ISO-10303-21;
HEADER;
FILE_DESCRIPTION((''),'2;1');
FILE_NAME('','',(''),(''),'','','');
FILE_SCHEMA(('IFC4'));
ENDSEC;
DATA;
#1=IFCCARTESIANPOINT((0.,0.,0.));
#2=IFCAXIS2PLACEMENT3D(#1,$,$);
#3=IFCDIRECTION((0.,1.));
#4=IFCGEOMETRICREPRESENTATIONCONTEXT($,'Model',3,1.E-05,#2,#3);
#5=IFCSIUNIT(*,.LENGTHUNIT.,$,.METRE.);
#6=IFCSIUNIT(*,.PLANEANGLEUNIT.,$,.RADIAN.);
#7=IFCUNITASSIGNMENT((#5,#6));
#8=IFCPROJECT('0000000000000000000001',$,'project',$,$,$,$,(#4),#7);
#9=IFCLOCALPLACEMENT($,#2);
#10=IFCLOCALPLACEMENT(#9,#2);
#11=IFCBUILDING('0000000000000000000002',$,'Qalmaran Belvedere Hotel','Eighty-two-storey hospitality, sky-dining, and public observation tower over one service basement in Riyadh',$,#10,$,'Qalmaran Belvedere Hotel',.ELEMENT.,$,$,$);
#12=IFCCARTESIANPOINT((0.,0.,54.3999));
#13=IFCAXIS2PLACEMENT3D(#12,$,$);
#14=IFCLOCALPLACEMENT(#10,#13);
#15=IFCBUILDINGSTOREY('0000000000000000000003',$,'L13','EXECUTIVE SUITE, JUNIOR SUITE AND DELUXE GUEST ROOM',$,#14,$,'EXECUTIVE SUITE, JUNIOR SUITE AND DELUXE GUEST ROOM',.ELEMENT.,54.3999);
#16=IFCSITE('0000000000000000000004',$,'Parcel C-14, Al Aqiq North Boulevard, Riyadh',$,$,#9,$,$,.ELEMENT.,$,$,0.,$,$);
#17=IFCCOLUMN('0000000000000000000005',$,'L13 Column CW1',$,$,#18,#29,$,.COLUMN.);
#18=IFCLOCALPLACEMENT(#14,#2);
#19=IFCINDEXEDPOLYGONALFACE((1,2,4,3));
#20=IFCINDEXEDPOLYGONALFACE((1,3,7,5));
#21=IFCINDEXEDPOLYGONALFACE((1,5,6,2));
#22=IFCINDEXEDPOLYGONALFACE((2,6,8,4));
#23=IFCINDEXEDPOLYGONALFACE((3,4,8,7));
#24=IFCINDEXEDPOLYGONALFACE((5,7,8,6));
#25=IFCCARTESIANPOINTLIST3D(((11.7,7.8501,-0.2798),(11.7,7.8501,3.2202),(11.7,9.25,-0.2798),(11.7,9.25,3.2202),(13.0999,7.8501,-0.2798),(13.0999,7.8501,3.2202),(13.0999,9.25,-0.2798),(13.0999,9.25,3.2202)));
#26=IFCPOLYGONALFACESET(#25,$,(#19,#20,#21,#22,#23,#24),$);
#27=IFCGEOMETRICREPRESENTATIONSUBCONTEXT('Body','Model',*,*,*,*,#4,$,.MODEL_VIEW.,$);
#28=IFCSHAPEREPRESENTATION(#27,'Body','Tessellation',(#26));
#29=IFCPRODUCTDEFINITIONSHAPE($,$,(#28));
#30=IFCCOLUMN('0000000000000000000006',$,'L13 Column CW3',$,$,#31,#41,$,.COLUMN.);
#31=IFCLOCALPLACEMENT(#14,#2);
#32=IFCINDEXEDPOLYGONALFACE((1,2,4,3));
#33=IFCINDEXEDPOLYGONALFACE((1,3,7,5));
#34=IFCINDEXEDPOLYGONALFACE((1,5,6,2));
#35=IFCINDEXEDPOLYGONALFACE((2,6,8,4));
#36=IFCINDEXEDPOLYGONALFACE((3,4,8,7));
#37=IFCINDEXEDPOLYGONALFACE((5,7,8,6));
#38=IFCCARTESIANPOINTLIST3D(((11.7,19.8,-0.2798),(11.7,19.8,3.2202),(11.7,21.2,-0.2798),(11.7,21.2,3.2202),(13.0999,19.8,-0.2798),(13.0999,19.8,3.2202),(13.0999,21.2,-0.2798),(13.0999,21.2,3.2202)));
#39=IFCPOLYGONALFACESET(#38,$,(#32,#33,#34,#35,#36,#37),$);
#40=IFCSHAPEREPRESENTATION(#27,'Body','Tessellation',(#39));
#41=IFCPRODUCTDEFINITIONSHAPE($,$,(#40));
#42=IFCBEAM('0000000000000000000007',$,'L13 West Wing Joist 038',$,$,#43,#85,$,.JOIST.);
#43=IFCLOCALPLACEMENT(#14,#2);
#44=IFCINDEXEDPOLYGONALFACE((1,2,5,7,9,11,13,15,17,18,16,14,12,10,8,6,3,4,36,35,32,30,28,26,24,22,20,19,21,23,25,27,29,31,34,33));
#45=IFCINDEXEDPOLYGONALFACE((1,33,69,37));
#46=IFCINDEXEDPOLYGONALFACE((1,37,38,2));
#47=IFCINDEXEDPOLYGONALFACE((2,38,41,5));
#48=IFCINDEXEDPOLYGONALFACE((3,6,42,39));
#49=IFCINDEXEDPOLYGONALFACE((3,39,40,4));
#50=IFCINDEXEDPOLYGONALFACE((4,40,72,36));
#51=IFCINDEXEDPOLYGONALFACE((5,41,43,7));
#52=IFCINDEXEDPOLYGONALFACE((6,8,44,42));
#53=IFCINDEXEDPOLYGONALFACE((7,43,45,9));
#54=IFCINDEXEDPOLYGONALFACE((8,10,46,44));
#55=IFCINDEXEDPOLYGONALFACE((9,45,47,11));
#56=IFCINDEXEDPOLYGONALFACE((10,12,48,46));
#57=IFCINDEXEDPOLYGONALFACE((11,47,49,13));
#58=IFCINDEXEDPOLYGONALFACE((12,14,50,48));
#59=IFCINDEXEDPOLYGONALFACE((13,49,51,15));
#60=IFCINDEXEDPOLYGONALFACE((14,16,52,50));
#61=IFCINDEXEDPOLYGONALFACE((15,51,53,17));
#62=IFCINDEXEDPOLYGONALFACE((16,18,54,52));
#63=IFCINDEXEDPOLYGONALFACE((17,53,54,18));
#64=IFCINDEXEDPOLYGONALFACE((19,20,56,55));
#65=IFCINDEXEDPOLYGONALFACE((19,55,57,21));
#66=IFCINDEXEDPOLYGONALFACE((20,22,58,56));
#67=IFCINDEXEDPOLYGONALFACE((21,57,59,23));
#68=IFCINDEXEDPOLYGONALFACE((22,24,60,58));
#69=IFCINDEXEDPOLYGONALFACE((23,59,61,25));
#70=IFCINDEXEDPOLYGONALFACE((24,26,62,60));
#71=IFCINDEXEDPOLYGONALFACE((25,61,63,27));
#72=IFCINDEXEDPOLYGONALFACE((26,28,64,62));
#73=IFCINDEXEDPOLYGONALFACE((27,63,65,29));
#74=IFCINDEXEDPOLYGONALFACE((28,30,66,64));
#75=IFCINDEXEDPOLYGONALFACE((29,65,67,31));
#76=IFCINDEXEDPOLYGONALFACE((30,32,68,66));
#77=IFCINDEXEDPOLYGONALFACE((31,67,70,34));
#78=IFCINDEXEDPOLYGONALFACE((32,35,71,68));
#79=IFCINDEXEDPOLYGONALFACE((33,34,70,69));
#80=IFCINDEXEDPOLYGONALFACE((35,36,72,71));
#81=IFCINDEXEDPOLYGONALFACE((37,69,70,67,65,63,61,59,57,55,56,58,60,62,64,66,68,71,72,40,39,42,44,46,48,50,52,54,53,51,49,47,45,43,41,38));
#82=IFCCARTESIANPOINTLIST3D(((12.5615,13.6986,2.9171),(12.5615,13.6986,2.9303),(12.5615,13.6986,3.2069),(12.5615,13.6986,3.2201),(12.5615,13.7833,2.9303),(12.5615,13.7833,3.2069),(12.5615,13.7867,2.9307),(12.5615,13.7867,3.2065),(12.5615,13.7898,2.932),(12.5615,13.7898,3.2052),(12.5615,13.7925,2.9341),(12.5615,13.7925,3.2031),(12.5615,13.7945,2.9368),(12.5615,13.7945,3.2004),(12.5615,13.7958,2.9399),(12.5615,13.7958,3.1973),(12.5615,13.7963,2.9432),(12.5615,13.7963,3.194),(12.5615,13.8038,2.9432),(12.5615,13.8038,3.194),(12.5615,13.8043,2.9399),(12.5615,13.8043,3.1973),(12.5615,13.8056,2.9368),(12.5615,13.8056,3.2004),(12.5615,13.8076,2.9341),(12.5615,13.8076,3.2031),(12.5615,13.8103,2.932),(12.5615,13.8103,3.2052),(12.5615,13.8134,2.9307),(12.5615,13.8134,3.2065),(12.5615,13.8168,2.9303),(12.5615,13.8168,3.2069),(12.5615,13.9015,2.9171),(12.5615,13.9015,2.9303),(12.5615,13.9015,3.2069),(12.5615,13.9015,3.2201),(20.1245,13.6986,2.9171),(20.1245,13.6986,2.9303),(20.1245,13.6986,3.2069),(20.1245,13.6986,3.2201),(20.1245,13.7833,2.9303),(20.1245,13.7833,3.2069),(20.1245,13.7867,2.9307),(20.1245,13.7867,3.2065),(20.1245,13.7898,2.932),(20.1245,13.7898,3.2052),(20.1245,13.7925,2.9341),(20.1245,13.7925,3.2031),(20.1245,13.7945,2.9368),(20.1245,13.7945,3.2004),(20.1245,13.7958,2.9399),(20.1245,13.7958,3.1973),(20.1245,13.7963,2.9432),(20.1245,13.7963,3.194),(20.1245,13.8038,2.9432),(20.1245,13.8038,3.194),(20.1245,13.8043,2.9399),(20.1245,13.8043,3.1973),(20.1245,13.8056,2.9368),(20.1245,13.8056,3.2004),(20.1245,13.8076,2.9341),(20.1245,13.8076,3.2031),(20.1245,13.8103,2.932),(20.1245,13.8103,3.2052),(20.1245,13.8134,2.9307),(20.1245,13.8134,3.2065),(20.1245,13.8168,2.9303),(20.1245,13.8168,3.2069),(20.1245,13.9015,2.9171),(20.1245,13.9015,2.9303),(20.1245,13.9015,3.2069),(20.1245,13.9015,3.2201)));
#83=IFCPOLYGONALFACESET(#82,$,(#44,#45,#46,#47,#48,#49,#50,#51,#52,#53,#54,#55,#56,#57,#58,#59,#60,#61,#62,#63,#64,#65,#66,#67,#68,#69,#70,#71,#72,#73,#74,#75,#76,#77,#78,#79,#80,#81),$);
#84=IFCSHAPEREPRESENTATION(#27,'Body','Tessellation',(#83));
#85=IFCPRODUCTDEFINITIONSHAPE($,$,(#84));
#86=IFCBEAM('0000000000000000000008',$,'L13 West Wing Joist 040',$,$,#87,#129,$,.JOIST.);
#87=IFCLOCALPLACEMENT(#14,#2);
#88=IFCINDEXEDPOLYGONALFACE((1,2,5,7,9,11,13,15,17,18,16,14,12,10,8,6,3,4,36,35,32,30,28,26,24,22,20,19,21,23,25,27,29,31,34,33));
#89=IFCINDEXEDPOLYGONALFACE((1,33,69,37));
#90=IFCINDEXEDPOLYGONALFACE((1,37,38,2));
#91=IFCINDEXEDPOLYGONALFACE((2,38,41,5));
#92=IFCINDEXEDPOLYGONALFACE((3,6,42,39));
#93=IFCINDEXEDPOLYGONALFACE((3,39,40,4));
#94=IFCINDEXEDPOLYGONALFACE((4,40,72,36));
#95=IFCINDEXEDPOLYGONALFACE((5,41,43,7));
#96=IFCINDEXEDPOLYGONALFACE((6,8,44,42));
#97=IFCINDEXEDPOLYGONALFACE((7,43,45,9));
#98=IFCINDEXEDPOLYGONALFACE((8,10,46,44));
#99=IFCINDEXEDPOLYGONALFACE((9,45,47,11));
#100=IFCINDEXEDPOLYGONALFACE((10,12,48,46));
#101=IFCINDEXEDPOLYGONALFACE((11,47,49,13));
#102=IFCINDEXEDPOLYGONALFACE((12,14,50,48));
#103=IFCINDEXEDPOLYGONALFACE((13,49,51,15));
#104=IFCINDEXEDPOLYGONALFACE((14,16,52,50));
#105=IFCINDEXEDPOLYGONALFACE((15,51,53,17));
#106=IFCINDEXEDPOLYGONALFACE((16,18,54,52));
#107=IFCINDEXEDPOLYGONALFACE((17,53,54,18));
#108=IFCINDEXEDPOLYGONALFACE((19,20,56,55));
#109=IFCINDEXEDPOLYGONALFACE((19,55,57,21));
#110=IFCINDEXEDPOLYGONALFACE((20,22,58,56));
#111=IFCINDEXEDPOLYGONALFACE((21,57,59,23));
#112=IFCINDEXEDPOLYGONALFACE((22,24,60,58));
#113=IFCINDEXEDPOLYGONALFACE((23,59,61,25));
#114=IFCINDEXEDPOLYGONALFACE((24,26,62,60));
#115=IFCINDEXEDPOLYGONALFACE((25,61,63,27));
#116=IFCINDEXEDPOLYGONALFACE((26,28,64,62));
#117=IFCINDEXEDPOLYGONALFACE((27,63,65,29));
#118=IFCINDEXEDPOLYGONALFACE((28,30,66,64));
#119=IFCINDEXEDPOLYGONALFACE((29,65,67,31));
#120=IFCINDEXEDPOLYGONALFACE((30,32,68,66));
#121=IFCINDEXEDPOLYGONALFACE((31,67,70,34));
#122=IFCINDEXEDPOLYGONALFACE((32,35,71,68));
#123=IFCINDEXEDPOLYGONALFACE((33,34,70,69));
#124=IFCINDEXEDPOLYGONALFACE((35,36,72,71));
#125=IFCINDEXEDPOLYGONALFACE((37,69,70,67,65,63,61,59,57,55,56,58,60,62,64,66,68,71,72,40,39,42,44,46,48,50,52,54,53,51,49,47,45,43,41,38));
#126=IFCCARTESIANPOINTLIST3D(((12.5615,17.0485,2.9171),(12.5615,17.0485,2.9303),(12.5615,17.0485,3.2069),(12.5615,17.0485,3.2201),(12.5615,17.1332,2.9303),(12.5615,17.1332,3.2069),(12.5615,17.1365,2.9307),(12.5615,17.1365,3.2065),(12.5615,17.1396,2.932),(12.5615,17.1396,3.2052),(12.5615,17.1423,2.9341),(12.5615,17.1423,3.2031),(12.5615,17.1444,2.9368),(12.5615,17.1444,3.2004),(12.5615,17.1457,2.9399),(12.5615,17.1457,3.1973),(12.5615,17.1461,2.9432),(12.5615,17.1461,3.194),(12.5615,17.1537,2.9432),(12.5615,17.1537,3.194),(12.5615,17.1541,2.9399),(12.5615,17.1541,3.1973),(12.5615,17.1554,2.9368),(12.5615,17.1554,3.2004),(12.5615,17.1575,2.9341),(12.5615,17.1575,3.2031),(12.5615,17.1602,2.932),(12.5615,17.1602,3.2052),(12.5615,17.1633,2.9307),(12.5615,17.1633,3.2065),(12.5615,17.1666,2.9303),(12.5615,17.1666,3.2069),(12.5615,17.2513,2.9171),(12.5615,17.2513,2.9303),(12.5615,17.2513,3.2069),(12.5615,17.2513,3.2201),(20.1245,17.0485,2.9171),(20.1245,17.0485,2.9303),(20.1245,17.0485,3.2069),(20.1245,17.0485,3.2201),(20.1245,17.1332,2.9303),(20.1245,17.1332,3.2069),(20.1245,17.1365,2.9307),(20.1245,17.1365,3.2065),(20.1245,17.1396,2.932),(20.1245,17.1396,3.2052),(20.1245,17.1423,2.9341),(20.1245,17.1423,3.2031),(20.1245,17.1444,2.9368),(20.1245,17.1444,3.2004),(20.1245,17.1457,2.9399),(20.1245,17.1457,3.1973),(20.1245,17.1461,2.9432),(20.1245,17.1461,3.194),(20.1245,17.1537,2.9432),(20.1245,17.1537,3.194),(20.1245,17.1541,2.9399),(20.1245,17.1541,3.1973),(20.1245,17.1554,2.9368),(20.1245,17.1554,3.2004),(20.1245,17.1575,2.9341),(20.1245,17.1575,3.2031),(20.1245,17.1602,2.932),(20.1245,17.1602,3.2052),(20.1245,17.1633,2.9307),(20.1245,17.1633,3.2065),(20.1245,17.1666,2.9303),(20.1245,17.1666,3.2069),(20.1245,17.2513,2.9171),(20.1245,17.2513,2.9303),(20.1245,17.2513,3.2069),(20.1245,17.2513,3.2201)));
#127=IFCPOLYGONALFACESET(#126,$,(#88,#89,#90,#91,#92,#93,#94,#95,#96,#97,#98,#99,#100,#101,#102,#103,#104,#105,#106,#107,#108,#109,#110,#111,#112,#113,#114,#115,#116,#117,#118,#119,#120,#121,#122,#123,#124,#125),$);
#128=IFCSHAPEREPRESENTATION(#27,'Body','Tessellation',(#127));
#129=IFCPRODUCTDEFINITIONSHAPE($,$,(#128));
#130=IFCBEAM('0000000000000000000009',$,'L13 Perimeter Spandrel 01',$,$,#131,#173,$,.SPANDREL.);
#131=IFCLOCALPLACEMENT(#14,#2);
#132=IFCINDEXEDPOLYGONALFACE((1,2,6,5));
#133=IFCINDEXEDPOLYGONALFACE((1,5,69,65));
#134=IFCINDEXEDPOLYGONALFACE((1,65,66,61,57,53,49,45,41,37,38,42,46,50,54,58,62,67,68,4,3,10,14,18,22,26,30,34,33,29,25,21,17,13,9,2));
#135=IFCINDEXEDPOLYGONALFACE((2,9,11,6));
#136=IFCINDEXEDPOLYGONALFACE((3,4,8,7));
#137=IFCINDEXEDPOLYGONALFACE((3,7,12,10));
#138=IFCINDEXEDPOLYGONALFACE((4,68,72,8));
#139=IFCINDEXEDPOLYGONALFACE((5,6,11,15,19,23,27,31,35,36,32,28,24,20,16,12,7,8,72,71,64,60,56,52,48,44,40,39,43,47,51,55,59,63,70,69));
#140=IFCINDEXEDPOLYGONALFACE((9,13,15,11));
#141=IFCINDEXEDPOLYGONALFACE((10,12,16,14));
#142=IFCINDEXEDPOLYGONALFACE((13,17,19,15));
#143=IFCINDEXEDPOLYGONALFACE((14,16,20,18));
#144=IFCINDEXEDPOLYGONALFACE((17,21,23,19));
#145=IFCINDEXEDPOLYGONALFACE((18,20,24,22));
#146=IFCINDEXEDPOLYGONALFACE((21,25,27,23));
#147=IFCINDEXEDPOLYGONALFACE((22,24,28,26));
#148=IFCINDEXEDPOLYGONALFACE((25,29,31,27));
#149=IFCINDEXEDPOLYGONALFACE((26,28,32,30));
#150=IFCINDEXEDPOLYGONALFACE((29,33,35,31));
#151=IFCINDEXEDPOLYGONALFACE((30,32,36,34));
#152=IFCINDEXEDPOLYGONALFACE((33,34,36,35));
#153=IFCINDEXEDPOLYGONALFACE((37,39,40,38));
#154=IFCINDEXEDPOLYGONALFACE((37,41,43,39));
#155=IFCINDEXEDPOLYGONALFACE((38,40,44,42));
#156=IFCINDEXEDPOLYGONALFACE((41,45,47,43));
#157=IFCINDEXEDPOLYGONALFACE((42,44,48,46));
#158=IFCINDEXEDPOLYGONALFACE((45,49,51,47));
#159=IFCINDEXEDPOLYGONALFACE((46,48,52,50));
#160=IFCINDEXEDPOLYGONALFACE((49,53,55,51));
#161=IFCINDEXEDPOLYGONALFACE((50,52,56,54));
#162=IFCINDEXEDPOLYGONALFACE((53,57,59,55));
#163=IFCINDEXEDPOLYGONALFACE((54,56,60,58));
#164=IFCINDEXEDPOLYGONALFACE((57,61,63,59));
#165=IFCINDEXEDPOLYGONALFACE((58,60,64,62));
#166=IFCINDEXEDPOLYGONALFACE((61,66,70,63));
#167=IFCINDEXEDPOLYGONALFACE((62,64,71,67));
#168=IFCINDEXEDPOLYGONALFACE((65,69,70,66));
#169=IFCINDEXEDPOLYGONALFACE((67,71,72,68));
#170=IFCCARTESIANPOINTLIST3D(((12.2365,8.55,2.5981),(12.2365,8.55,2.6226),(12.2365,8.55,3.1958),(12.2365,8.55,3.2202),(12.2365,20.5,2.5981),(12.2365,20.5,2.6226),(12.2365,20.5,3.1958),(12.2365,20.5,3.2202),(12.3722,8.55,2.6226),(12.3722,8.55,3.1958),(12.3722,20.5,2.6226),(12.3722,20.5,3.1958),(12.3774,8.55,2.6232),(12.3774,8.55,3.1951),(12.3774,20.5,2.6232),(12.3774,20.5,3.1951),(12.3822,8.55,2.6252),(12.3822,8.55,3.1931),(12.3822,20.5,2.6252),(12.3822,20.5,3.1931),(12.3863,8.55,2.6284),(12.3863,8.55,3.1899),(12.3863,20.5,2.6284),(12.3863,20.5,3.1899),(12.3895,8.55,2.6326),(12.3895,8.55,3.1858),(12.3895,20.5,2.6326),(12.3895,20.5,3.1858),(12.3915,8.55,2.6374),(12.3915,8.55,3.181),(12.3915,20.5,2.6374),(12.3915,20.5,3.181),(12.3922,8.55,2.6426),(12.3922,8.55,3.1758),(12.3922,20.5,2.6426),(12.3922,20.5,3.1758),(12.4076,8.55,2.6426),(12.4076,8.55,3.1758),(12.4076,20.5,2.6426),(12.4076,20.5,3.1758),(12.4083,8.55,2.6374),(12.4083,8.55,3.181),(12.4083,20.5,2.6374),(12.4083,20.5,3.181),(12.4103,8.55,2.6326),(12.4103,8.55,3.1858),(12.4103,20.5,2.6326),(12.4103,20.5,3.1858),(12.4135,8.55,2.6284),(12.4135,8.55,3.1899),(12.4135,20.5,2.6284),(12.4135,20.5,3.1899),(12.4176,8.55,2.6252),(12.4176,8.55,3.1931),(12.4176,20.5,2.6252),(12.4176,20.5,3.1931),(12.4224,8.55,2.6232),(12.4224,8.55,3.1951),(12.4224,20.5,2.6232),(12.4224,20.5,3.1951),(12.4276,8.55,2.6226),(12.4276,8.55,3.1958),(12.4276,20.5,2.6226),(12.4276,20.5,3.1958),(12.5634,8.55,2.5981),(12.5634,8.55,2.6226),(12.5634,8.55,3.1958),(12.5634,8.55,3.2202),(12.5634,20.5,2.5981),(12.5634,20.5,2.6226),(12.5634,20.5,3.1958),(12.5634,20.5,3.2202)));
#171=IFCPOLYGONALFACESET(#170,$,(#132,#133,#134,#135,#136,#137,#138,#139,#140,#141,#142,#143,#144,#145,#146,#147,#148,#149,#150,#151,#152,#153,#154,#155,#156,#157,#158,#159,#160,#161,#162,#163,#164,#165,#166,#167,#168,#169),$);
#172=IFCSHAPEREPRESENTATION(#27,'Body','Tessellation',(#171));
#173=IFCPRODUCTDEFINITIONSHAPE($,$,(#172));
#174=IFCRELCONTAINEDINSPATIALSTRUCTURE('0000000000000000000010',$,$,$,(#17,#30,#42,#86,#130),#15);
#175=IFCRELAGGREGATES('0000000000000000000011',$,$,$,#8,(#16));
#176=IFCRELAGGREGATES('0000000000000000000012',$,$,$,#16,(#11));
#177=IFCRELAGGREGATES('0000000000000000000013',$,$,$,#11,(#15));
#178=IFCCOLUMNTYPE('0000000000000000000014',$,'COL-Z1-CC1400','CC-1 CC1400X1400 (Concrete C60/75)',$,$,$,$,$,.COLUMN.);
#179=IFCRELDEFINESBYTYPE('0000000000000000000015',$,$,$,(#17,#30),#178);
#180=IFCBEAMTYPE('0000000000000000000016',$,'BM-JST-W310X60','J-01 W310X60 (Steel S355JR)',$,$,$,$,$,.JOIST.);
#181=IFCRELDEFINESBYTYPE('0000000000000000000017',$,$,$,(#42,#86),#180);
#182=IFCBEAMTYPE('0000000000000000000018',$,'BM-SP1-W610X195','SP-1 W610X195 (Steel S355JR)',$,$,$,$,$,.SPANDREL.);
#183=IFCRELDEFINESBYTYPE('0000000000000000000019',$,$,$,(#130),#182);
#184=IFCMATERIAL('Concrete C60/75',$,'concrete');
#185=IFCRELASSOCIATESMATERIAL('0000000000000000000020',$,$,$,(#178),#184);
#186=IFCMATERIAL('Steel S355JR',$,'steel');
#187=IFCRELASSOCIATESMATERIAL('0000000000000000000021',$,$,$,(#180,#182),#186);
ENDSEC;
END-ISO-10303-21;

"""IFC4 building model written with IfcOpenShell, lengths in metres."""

from ifc_helpers import new_model, si_unit, direction, frame, origin, origin_2d, place, context, subcontext, project, spatial, rectangle, i_section, extrude, material, material_profile, profile_set, type_object, element, save


model = new_model("IFC4")

# Units and contexts
model_context = context("Model", 3, precision=1e-05, world=origin(), true_north=direction((0.0, 1.0)))
body_context = subcontext(model_context, "Body", "Model", "MODEL_VIEW")
ifc_project = project(units=[si_unit("LENGTHUNIT", "METRE"), si_unit("PLANEANGLEUNIT", "RADIAN")], contexts=[model_context])

# Site, building, storey
site_placement = place(None, origin())
site = spatial("IfcSite", under=ifc_project, at=site_placement, Name="Parcel C-14, Al Aqiq North Boulevard, Riyadh", CompositionType="ELEMENT", RefElevation=0.0)
building_placement = place(site_placement, origin())
building = spatial("IfcBuilding", under=site, at=building_placement, Name="Qalmaran Belvedere Hotel", Description="Eighty-two-storey hospitality, sky-dining, and public observation tower over one service basement in Riyadh", LongName="Qalmaran Belvedere Hotel", CompositionType="ELEMENT")
storey_placement = place(building_placement, frame((0.0, 0.0, 54.3999)))
storey = spatial("IfcBuildingStorey", under=building, at=storey_placement, Name="L13", Description="EXECUTIVE SUITE, JUNIOR SUITE AND DELUXE GUEST ROOM", LongName="EXECUTIVE SUITE, JUNIOR SUITE AND DELUXE GUEST ROOM", CompositionType="ELEMENT", Elevation=54.3999)

# Columns
ifc_material_1 = material(Name="Concrete C60/75", Category="concrete")
ifc_material_profile_1 = material_profile(ifc_material_1, rectangle(XDim=1.3999, YDim=1.3999, at=origin_2d()), Name="CC1400X1400")
ifc_profile_set_1 = profile_set([ifc_material_profile_1], Name="Concrete C60/75")
column_type = type_object("IfcColumnType", Name="COL-Z1-CC1400", Description="CC-1 CC1400X1400 (Concrete C60/75)", PredefinedType="COLUMN", material=ifc_profile_set_1)
for number, where, z_axis, x_axis, name in (
    (1, (12.3999, 8.55, -0.2798), (0.0, 0.0, 1.0), (1.0, 0.0, 0.0), "L13 Column CW1"),
    (2, (12.3999, 20.5, -0.2798), (0.0, 0.0, 1.0), (1.0, 0.0, 0.0), "L13 Column CW3"),
):
    element("IfcColumn", number, at=place(storey_placement, frame(where, z_axis=z_axis, x_axis=x_axis)), inside=storey, type_object=column_type, Name=name, PredefinedType="COLUMN", context=body_context, shape_type="SweptSolid", body=[
        extrude(rectangle(XDim=1.3999, YDim=1.3999, at=origin_2d()), origin(), (0.0, 0.0, 1.0), 3.5),
    ])

# Beams
ifc_material_2 = material(Name="Steel S355JR", Category="steel")
ifc_material_profile_2 = material_profile(ifc_material_2, i_section(OverallWidth=0.2029, OverallDepth=0.303, WebThickness=0.0076, FlangeThickness=0.0132, FilletRadius=0.0129, at=origin_2d()), Name="W310X60")
ifc_profile_set_2 = profile_set([ifc_material_profile_2], Name="Steel S355JR")
beam_type_1 = type_object("IfcBeamType", Name="BM-JST-W310X60", Description="J-01 W310X60 (Steel S355JR)", PredefinedType="JOIST", material=ifc_profile_set_2)
for number, where, z_axis, x_axis, name in (
    (3, (12.5615, 13.8, 3.0686), (1.0, 0.0, 0.0), (0.0, 1.0, 0.0), "L13 West Wing Joist 038"),
    (4, (12.5615, 17.1499, 3.0686), (1.0, 0.0, 0.0), (0.0, 1.0, 0.0), "L13 West Wing Joist 040"),
):
    element("IfcBeam", number, at=place(storey_placement, frame(where, z_axis=z_axis, x_axis=x_axis)), inside=storey, type_object=beam_type_1, Name=name, PredefinedType="JOIST", context=body_context, shape_type="SweptSolid", body=[
        extrude(i_section(OverallWidth=0.2029, OverallDepth=0.303, WebThickness=0.0076, FlangeThickness=0.0132, FilletRadius=0.0129, at=origin_2d()), origin(), (0.0, 0.0, 1.0), 7.563),
    ])
ifc_material_profile_3 = material_profile(ifc_material_2, i_section(OverallWidth=0.3269, OverallDepth=0.6221, WebThickness=0.0154, FlangeThickness=0.0244, FilletRadius=0.02, at=origin_2d()), Name="W610X195")
ifc_profile_set_3 = profile_set([ifc_material_profile_3], Name="Steel S355JR")
beam_type_2 = type_object("IfcBeamType", Name="BM-SP1-W610X195", Description="SP-1 W610X195 (Steel S355JR)", PredefinedType="SPANDREL", material=ifc_profile_set_3)
beam_1_placement = place(storey_placement, frame((12.3999, 8.55, 2.9092), z_axis=(0.0, 1.0, 0.0), x_axis=(-1.0, 0.0, 0.0)))
element("IfcBeam", 5, at=beam_1_placement, inside=storey, type_object=beam_type_2, Name="L13 Perimeter Spandrel 01", PredefinedType="SPANDREL", context=body_context, shape_type="SweptSolid", body=[
    extrude(i_section(OverallWidth=0.3269, OverallDepth=0.6221, WebThickness=0.0154, FlangeThickness=0.0244, FilletRadius=0.02, at=origin_2d()), origin(), (0.0, 0.0, 1.0), 11.95),
])

save(model, "model.ifc")
